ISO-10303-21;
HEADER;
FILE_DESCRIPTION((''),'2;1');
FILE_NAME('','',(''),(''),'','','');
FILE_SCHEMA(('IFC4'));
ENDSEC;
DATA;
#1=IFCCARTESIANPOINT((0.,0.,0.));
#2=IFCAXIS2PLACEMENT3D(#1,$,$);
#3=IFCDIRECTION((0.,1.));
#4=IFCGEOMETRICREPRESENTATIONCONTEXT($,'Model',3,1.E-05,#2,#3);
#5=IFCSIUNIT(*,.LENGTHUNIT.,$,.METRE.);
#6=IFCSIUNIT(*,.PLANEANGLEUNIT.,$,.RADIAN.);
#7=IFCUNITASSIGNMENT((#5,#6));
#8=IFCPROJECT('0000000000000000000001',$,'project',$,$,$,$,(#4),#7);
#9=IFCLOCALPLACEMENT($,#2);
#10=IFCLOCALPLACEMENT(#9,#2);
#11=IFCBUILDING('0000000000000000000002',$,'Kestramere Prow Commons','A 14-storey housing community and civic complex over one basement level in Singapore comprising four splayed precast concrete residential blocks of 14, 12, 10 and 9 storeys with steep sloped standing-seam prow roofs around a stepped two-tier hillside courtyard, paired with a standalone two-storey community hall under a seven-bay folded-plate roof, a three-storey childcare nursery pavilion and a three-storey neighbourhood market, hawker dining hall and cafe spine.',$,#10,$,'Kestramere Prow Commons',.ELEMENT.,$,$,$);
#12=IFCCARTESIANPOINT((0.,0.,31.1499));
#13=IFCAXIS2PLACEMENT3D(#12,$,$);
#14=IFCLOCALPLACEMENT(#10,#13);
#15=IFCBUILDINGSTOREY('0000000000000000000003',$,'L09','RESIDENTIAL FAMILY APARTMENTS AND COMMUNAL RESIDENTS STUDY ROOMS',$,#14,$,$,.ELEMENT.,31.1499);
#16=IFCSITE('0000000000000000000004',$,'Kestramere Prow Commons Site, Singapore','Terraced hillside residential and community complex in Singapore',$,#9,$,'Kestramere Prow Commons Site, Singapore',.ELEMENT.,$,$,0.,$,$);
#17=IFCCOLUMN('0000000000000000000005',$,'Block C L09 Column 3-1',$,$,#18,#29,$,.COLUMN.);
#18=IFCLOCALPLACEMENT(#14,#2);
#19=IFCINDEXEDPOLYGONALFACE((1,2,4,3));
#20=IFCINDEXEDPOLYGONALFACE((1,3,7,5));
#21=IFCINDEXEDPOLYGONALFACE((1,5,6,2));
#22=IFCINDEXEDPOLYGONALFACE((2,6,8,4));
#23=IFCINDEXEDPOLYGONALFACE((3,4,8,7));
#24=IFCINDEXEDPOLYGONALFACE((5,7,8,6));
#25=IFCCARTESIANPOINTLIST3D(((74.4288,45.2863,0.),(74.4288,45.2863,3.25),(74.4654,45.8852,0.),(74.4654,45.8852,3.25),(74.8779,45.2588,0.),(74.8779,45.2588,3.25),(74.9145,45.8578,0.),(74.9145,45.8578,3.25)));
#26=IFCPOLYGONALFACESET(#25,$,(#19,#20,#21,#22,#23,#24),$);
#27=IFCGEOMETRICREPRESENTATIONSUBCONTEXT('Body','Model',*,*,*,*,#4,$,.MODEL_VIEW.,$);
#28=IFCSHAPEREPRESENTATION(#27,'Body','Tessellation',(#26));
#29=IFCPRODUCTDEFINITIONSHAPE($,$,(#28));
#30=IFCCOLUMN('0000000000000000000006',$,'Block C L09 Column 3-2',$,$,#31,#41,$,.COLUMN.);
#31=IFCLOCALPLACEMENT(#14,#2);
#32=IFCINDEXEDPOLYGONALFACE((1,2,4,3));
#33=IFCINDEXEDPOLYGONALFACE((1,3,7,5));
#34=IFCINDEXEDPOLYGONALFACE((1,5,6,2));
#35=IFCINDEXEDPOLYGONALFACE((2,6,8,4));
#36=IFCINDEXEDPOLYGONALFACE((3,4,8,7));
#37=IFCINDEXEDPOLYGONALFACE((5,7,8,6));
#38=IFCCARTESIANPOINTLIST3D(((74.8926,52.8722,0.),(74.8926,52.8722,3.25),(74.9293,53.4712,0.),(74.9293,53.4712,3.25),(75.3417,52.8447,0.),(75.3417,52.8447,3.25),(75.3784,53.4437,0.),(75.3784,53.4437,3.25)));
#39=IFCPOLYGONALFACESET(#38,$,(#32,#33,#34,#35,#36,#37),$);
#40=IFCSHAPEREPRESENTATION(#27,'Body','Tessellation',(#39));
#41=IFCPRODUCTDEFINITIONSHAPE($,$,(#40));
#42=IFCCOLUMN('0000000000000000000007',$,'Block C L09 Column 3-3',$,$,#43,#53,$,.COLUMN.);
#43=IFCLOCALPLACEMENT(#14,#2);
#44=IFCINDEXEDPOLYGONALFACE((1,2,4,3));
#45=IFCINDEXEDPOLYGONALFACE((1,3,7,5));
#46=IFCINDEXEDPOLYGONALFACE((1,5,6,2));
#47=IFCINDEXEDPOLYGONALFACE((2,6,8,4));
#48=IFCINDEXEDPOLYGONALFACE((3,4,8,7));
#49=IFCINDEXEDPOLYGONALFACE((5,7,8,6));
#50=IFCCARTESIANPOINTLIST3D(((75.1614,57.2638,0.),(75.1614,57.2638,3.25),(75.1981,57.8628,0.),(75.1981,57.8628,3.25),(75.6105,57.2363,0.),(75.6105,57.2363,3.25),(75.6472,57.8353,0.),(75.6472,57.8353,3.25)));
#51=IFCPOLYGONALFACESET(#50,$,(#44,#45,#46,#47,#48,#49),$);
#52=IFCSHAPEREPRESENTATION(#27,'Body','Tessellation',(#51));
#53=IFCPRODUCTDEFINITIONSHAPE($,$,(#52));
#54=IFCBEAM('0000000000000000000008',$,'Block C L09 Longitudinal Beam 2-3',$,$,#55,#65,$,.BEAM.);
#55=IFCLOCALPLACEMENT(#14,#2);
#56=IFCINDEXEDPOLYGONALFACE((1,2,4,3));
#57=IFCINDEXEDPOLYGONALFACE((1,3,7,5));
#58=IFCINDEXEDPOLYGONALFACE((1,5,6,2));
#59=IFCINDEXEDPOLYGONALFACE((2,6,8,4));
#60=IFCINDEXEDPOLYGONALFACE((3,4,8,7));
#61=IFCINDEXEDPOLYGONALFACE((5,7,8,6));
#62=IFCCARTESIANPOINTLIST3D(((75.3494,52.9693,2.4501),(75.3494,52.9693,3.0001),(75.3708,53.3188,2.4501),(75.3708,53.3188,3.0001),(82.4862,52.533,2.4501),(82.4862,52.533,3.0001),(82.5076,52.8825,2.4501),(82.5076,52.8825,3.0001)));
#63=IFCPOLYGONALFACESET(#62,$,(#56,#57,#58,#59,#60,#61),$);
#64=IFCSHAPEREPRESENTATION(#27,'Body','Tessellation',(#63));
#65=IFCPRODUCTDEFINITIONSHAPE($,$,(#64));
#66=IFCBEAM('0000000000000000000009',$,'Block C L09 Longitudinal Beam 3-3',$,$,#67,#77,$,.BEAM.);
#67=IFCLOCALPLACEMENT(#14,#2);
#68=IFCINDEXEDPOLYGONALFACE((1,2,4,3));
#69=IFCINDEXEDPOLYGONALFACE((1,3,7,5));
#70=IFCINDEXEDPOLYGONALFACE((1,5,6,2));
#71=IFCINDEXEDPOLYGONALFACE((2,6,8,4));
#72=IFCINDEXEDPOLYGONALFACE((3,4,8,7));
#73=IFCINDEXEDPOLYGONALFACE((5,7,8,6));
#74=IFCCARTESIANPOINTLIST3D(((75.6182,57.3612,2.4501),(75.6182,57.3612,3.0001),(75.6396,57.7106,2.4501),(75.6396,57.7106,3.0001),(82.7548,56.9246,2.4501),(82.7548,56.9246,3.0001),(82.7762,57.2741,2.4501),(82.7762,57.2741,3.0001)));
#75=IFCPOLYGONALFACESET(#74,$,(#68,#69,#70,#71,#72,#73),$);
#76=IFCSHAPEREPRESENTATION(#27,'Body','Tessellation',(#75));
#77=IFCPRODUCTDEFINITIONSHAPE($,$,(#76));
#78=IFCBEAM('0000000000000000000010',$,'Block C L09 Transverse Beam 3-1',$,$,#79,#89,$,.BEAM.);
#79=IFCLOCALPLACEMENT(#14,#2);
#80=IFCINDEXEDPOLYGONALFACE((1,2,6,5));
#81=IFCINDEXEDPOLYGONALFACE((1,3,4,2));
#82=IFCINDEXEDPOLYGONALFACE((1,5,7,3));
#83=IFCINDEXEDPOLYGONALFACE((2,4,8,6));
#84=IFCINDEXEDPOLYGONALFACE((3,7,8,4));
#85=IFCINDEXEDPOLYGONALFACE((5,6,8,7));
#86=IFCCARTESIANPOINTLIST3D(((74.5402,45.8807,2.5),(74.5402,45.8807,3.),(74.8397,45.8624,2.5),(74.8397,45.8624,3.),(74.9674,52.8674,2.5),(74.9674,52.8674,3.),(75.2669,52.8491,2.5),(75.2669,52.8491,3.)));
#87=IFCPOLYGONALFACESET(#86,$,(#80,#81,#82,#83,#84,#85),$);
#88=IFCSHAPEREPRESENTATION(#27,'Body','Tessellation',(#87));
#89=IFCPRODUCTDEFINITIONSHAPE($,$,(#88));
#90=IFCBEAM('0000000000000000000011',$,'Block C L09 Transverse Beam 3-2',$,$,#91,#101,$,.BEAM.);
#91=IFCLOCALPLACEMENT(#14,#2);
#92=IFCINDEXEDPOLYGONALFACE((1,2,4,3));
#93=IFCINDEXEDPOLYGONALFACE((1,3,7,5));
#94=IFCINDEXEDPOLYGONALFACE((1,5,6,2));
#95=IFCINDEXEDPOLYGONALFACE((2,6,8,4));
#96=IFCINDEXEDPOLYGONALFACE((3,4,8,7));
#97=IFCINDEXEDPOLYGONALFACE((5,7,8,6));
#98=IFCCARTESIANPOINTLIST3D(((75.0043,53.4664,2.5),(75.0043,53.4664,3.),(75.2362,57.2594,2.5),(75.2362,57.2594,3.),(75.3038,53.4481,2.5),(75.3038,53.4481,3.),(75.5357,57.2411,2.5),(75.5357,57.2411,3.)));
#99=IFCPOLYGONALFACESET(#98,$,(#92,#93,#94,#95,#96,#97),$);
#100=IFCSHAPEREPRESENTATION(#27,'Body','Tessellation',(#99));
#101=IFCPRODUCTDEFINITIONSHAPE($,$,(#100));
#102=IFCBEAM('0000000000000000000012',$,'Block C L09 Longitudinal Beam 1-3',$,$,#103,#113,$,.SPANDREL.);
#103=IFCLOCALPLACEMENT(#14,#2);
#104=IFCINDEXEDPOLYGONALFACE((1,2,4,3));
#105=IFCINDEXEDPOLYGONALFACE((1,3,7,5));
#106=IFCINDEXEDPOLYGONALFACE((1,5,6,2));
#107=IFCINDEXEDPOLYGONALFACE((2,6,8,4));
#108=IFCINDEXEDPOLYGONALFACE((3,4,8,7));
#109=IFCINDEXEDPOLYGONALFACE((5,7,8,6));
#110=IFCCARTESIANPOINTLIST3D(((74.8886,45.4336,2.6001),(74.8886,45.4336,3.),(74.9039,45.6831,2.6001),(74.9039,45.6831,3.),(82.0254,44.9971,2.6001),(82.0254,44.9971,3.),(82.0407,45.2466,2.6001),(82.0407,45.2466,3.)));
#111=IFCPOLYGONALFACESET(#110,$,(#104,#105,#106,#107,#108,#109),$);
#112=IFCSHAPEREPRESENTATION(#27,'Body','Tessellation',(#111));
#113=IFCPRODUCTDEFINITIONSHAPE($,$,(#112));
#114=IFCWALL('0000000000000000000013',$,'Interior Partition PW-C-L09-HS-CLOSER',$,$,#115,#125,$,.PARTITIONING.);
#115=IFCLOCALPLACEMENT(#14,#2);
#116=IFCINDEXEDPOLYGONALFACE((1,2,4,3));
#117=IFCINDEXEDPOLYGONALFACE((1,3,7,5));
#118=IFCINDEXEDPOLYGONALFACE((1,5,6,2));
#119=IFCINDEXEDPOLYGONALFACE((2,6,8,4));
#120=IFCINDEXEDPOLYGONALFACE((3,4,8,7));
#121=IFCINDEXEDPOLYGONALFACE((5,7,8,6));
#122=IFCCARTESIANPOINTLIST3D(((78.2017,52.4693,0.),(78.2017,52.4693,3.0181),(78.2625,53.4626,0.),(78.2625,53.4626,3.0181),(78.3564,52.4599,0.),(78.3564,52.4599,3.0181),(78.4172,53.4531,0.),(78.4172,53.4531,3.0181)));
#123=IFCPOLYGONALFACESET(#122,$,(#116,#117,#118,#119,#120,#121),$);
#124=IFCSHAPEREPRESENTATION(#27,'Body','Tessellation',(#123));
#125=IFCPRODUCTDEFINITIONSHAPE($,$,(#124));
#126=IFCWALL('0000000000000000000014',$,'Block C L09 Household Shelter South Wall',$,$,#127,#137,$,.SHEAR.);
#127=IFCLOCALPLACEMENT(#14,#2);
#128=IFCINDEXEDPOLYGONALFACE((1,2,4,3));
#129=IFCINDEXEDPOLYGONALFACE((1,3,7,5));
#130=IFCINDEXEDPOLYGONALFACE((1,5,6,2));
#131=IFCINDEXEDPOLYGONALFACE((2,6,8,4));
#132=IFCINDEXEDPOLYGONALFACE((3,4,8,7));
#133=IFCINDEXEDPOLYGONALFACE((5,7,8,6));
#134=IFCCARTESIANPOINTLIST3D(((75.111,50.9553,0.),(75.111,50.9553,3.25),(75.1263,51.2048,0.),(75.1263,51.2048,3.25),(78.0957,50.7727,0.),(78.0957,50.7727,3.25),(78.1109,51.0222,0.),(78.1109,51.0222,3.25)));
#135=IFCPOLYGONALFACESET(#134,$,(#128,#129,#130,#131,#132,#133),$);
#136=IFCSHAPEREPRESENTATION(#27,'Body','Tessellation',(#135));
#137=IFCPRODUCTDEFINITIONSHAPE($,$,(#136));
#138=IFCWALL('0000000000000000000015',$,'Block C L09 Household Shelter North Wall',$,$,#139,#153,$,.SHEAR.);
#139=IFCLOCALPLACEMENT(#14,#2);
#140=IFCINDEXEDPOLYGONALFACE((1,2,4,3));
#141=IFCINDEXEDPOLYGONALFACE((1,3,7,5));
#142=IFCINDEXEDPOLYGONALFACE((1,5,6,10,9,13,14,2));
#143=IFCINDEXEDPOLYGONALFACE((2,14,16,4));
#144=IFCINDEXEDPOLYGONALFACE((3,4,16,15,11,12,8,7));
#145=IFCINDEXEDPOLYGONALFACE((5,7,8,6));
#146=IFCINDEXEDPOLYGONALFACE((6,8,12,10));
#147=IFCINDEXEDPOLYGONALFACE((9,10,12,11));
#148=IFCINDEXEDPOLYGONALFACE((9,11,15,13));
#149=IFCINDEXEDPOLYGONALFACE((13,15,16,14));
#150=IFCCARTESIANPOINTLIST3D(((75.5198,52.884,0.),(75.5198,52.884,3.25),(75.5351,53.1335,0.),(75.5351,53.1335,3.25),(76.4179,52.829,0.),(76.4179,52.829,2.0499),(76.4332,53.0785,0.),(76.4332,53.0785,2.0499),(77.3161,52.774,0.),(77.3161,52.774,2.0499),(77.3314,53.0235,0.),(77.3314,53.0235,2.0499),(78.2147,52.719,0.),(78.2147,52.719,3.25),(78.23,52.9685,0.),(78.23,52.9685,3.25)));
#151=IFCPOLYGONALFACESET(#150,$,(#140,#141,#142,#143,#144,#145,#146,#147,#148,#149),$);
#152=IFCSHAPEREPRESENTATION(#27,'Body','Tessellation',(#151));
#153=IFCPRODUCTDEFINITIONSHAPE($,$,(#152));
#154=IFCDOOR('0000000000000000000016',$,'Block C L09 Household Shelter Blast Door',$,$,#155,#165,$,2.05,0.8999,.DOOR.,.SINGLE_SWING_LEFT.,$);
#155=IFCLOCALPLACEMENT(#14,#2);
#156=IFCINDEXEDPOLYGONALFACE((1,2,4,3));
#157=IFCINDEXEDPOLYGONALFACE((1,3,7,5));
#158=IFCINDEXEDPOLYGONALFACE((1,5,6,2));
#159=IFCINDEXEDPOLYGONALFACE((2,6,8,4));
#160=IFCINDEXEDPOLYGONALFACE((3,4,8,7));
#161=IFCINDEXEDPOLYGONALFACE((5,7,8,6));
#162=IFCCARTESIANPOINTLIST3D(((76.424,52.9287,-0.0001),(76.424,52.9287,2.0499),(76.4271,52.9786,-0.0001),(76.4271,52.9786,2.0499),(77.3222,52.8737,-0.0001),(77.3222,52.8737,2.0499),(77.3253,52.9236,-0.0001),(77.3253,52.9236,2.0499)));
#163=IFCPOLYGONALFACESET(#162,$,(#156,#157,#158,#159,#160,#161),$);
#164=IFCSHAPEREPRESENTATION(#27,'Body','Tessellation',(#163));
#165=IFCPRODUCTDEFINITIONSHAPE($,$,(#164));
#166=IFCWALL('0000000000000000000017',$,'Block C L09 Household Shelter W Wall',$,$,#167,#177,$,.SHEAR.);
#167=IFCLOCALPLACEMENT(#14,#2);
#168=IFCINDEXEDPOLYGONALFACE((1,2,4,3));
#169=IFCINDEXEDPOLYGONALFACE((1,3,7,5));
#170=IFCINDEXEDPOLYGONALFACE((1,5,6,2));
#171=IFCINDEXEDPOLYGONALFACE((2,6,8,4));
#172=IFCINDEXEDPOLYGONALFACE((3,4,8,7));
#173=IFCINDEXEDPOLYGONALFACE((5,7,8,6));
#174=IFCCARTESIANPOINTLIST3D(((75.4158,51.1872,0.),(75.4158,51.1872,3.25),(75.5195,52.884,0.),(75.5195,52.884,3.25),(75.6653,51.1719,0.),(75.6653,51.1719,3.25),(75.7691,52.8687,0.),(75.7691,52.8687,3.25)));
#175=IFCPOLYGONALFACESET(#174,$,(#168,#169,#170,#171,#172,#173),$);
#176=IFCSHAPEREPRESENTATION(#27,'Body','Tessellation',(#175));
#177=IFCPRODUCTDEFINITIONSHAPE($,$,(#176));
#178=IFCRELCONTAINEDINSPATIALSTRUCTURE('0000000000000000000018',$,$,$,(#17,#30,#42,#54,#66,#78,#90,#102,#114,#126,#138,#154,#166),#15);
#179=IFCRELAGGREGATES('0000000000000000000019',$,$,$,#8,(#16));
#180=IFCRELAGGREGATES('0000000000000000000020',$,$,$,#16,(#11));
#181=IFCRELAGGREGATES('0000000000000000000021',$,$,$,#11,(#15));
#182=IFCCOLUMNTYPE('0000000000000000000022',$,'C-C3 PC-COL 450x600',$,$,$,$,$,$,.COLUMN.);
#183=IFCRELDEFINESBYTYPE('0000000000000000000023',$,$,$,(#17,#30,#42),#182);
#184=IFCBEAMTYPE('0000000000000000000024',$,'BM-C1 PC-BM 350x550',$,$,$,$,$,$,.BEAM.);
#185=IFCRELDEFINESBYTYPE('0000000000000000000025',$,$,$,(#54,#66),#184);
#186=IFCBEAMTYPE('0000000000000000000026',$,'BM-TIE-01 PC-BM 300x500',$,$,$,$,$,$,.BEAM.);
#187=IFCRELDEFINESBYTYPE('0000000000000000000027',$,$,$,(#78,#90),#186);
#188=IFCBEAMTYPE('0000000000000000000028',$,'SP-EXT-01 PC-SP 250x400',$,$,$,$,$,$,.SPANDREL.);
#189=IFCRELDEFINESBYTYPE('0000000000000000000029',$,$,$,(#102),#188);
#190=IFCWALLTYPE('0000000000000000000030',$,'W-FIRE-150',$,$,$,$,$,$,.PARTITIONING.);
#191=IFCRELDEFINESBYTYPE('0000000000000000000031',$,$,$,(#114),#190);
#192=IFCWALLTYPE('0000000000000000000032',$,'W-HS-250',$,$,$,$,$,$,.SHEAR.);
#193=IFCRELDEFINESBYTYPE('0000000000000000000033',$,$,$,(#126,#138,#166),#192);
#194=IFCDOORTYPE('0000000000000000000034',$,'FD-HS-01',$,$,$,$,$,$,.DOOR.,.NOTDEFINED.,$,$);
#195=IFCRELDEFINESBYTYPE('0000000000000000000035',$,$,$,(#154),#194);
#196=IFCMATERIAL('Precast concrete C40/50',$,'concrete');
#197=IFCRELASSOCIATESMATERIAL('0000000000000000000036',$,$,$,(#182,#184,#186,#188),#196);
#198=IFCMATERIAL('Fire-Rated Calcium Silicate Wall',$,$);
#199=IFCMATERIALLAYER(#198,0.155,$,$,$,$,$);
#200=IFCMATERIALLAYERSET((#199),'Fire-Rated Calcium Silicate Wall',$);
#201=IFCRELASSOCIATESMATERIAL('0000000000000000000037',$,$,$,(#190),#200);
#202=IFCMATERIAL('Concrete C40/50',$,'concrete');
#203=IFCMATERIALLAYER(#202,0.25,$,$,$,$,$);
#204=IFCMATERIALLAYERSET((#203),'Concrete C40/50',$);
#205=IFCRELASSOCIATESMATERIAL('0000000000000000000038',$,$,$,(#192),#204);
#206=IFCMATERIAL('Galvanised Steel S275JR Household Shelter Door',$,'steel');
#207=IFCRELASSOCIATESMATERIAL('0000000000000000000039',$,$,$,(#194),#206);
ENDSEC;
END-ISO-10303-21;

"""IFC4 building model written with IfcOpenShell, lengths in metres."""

from ifc_helpers import new_model, si_unit, direction, frame, frame_2d, origin, origin_2d, place, context, subcontext, project, spatial, rectangle, extrude, material, layer, layer_set, material_profile, profile_set, type_object, element, fill, save


model = new_model("IFC4")

# Units and contexts
model_context = context("Model", 3, precision=1e-05, world=origin(), true_north=direction((0.0, 1.0)))
body_context = subcontext(model_context, "Body", "Model", "MODEL_VIEW")
ifc_project = project(units=[si_unit("LENGTHUNIT", "METRE"), si_unit("PLANEANGLEUNIT", "RADIAN")], contexts=[model_context])

# Site, building, storey
site_placement = place(None, origin())
site = spatial("IfcSite", under=ifc_project, at=site_placement, Name="Kestramere Prow Commons Site, Singapore", Description="Terraced hillside residential and community complex in Singapore", LongName="Kestramere Prow Commons Site, Singapore", CompositionType="ELEMENT", RefElevation=0.0)
building_placement = place(site_placement, origin())
building = spatial("IfcBuilding", under=site, at=building_placement, Name="Kestramere Prow Commons", Description="A 14-storey housing community and civic complex over one basement level in Singapore comprising four splayed precast concrete residential blocks of 14, 12, 10 and 9 storeys with steep sloped standing-seam prow roofs around a stepped two-tier hillside courtyard, paired with a standalone two-storey community hall under a seven-bay folded-plate roof, a three-storey childcare nursery pavilion and a three-storey neighbourhood market, hawker dining hall and cafe spine.", LongName="Kestramere Prow Commons", CompositionType="ELEMENT")
storey_placement = place(building_placement, frame((0.0, 0.0, 31.1499)))
storey = spatial("IfcBuildingStorey", under=building, at=storey_placement, Name="L09", Description="RESIDENTIAL FAMILY APARTMENTS AND COMMUNAL RESIDENTS STUDY ROOMS", CompositionType="ELEMENT", Elevation=31.1499)

# Columns
ifc_material_1 = material(Name="Precast concrete C40/50", Category="concrete")
ifc_material_profile_1 = material_profile(ifc_material_1, rectangle(XDim=0.45, YDim=0.6001, at=origin_2d()), Name="PC-COL 450x600")
ifc_profile_set_1 = profile_set([ifc_material_profile_1], Name="Precast concrete C40/50")
column_type = type_object("IfcColumnType", Name="C-C3 PC-COL 450x600", PredefinedType="COLUMN", material=ifc_profile_set_1)
for number, where, z_axis, x_axis, name in (
    (1, (74.6716, 45.572, 0.0), (0.0, 0.0, 1.0), (0.998135, -0.061049, 0.0), "Block C L09 Column 3-1"),
    (2, (75.1355, 53.158, 0.0), (0.0, 0.0, 1.0), (0.998135, -0.061049, 0.0), "Block C L09 Column 3-2"),
    (3, (75.4043, 57.5496, 0.0), (0.0, 0.0, 1.0), (0.998135, -0.061049, 0.0), "Block C L09 Column 3-3"),
):
    element("IfcColumn", number, at=place(storey_placement, frame(where, z_axis=z_axis, x_axis=x_axis)), inside=storey, type_object=column_type, Name=name, PredefinedType="COLUMN", context=body_context, shape_type="SweptSolid", body=[
        extrude(rectangle(XDim=0.45, YDim=0.6001, at=origin_2d()), origin(), (0.0, 0.0, 1.0), 3.25),
    ])

# Beams
ifc_material_profile_2 = material_profile(ifc_material_1, rectangle(XDim=0.3501, YDim=0.55, at=origin_2d()), Name="PC-BM 350x550")
ifc_profile_set_2 = profile_set([ifc_material_profile_2], Name="Precast concrete C40/50")
beam_type_1 = type_object("IfcBeamType", Name="BM-C1 PC-BM 350x550", PredefinedType="BEAM", material=ifc_profile_set_2)
beam_1_placement = place(storey_placement, frame((75.3601, 53.144, 2.7251), z_axis=(0.998137, -0.061018, 0.0), x_axis=(0.061018, 0.998137, 0.0)))
element("IfcBeam", 4, at=beam_1_placement, inside=storey, type_object=beam_type_1, Name="Block C L09 Longitudinal Beam 2-3", PredefinedType="BEAM", context=body_context, shape_type="SweptSolid", body=[
    extrude(rectangle(XDim=0.3501, YDim=0.55, at=origin_2d()), origin(), (0.0, 0.0, 1.0), 7.1501),
])
beam_2_placement = place(storey_placement, frame((75.6289, 57.5359, 2.7251), z_axis=(0.998134, -0.061054, 0.0), x_axis=(0.061054, 0.998134, 0.0)))
element("IfcBeam", 5, at=beam_2_placement, inside=storey, type_object=beam_type_1, Name="Block C L09 Longitudinal Beam 3-3", PredefinedType="BEAM", context=body_context, shape_type="SweptSolid", body=[
    extrude(rectangle(XDim=0.3501, YDim=0.55, at=origin_2d()), origin(), (0.0, 0.0, 1.0), 7.1499),
])
ifc_material_profile_3 = material_profile(ifc_material_1, rectangle(XDim=0.3, YDim=0.5, at=origin_2d()), Name="PC-BM 300x500")
ifc_profile_set_3 = profile_set([ifc_material_profile_3], Name="Precast concrete C40/50")
beam_type_2 = type_object("IfcBeamType", Name="BM-TIE-01 PC-BM 300x500", PredefinedType="BEAM", material=ifc_profile_set_3)
beam_3_placement = place(storey_placement, frame((74.6899, 45.8716, 2.75), z_axis=(0.061036, 0.998136, 0.0), x_axis=(-0.998136, 0.061036, 0.0)))
element("IfcBeam", 6, at=beam_3_placement, inside=storey, type_object=beam_type_2, Name="Block C L09 Transverse Beam 3-1", PredefinedType="BEAM", context=body_context, shape_type="SweptSolid", body=[
    extrude(rectangle(XDim=0.3, YDim=0.5, at=origin_2d()), origin(), (0.0, 0.0, 1.0), 6.9998),
])
beam_4_placement = place(storey_placement, frame((75.1541, 53.4573, 2.75), z_axis=(0.061034, 0.998136, 0.0), x_axis=(-0.998136, 0.061034, 0.0)))
element("IfcBeam", 7, at=beam_4_placement, inside=storey, type_object=beam_type_2, Name="Block C L09 Transverse Beam 3-2", PredefinedType="BEAM", context=body_context, shape_type="SweptSolid", body=[
    extrude(rectangle(XDim=0.3, YDim=0.5, at=origin_2d()), origin(), (0.0, 0.0, 1.0), 3.8),
])
ifc_material_profile_4 = material_profile(ifc_material_1, rectangle(XDim=0.25, YDim=0.3999, at=origin_2d()), Name="PC-SP 250x400")
ifc_profile_set_4 = profile_set([ifc_material_profile_4], Name="Precast concrete C40/50")
beam_type_3 = type_object("IfcBeamType", Name="SP-EXT-01 PC-SP 250x400", PredefinedType="SPANDREL", material=ifc_profile_set_4)
beam_5_placement = place(storey_placement, frame((74.8962, 45.5583, 2.8), z_axis=(0.998135, -0.061052, 0.0), x_axis=(0.061052, 0.998135, 0.0)))
element("IfcBeam", 8, at=beam_5_placement, inside=storey, type_object=beam_type_3, Name="Block C L09 Longitudinal Beam 1-3", PredefinedType="SPANDREL", context=body_context, shape_type="SweptSolid", body=[
    extrude(rectangle(XDim=0.25, YDim=0.3999, at=origin_2d()), origin(), (0.0, 0.0, 1.0), 7.1501),
])

# Wall
ifc_material_2 = material(Name="Fire-Rated Calcium Silicate Wall")
ifc_layer_1 = layer(ifc_material_2, 0.155)
ifc_layer_set_1 = layer_set([ifc_layer_1], Name="Fire-Rated Calcium Silicate Wall")
wall_type_1 = type_object("IfcWallType", Name="W-FIRE-150", PredefinedType="PARTITIONING", material=ifc_layer_set_1)
wall_1_placement = place(storey_placement, frame((78.2791, 52.4646, 0.0), z_axis=(0.0, 0.0, 1.0), x_axis=(0.061095, 0.998132, 0.0)))
element("IfcWall", 9, at=wall_1_placement, inside=storey, type_object=wall_type_1, Name="Interior Partition PW-C-L09-HS-CLOSER", PredefinedType="PARTITIONING", context=body_context, shape_type="SweptSolid", body=[
    extrude(rectangle(XDim=0.9951, YDim=0.155, at=frame_2d((0.4976, 0.0))), origin(), (0.0, 0.0, 1.0), 3.0181),
])

# Wall
ifc_material_3 = material(Name="Concrete C40/50", Category="concrete")
ifc_layer_2 = layer(ifc_material_3, 0.25)
ifc_layer_set_2 = layer_set([ifc_layer_2], Name="Concrete C40/50")
wall_type_2 = type_object("IfcWallType", Name="W-HS-250", PredefinedType="SHEAR", material=ifc_layer_set_2)
wall_2_placement = place(storey_placement, frame((75.1187, 51.0801, 0.0), z_axis=(0.0, 0.0, 1.0), x_axis=(0.998133, -0.061072, 0.0)))
element("IfcWall", 10, at=wall_2_placement, inside=storey, type_object=wall_type_2, Name="Block C L09 Household Shelter South Wall", PredefinedType="SHEAR", context=body_context, shape_type="SweptSolid", body=[
    extrude(rectangle(XDim=2.9902, YDim=0.25, at=frame_2d((1.4951, 0.0))), origin(), (0.0, 0.0, 1.0), 3.25),
])

# Wall, opening, door
wall_3_placement = place(storey_placement, frame((75.5273, 53.0088, 0.0), z_axis=(0.0, 0.0, 1.0), x_axis=(0.99813, -0.061128, 0.0)))
wall_3 = element("IfcWall", 11, at=wall_3_placement, inside=storey, type_object=wall_type_2, Name="Block C L09 Household Shelter North Wall", PredefinedType="SHEAR", context=body_context, shape_type="SweptSolid", body=[
    extrude(rectangle(XDim=2.7, YDim=0.25, at=frame_2d((1.3501, 0.0))), origin(), (0.0, 0.0, 1.0), 3.25),
])
opening_1_placement = place(wall_3_placement, frame((0.8999, 0.0, 0.0)))
opening_1 = element("IfcOpeningElement", 12, at=opening_1_placement, cuts=wall_3, PredefinedType="OPENING", context=body_context, shape_type="SweptSolid", body=[
    extrude(rectangle(XDim=0.8999, YDim=2.05, at=frame_2d((0.45, 1.0249))), frame((0.0, 0.1399, 0.0), z_axis=(0.0, -1.0, 0.0), x_axis=(1.0, 0.0, 0.0)), (0.0, 0.0, 1.0), 0.28),
])
ifc_material_4 = material(Name="Galvanised Steel S275JR Household Shelter Door", Category="steel")
door_type_1 = type_object("IfcDoorType", Name="FD-HS-01", OperationType="NOTDEFINED", PredefinedType="DOOR", material=ifc_material_4)
door_1_placement = place(opening_1_placement, origin())
door_1 = element("IfcDoor", 13, at=door_1_placement, inside=storey, type_object=door_type_1, Name="Block C L09 Household Shelter Blast Door", OperationType="SINGLE_SWING_LEFT", OverallHeight=2.05, OverallWidth=0.8999, PredefinedType="DOOR", context=body_context, shape_type="SweptSolid", body=[
    extrude(rectangle(XDim=0.8999, YDim=2.05, at=frame_2d((0.45, 1.0249))), frame((0.0, 0.0249, 0.0), z_axis=(0.0, -1.0, 0.0), x_axis=(1.0, 0.0, 0.0)), (0.0, 0.0, 1.0), 0.05),
])
fill(opening_1, door_1)

# Wall
wall_4_placement = place(storey_placement, frame((75.5405, 51.1794, 0.0), z_axis=(0.0, 0.0, 1.0), x_axis=(0.061037, 0.998136, 0.0)))
element("IfcWall", 14, at=wall_4_placement, inside=storey, type_object=wall_type_2, Name="Block C L09 Household Shelter W Wall", PredefinedType="SHEAR", context=body_context, shape_type="SweptSolid", body=[
    extrude(rectangle(XDim=1.7, YDim=0.25, at=frame_2d((0.8501, 0.0))), origin(), (0.0, 0.0, 1.0), 3.25),
])

save(model, "model.ifc")
